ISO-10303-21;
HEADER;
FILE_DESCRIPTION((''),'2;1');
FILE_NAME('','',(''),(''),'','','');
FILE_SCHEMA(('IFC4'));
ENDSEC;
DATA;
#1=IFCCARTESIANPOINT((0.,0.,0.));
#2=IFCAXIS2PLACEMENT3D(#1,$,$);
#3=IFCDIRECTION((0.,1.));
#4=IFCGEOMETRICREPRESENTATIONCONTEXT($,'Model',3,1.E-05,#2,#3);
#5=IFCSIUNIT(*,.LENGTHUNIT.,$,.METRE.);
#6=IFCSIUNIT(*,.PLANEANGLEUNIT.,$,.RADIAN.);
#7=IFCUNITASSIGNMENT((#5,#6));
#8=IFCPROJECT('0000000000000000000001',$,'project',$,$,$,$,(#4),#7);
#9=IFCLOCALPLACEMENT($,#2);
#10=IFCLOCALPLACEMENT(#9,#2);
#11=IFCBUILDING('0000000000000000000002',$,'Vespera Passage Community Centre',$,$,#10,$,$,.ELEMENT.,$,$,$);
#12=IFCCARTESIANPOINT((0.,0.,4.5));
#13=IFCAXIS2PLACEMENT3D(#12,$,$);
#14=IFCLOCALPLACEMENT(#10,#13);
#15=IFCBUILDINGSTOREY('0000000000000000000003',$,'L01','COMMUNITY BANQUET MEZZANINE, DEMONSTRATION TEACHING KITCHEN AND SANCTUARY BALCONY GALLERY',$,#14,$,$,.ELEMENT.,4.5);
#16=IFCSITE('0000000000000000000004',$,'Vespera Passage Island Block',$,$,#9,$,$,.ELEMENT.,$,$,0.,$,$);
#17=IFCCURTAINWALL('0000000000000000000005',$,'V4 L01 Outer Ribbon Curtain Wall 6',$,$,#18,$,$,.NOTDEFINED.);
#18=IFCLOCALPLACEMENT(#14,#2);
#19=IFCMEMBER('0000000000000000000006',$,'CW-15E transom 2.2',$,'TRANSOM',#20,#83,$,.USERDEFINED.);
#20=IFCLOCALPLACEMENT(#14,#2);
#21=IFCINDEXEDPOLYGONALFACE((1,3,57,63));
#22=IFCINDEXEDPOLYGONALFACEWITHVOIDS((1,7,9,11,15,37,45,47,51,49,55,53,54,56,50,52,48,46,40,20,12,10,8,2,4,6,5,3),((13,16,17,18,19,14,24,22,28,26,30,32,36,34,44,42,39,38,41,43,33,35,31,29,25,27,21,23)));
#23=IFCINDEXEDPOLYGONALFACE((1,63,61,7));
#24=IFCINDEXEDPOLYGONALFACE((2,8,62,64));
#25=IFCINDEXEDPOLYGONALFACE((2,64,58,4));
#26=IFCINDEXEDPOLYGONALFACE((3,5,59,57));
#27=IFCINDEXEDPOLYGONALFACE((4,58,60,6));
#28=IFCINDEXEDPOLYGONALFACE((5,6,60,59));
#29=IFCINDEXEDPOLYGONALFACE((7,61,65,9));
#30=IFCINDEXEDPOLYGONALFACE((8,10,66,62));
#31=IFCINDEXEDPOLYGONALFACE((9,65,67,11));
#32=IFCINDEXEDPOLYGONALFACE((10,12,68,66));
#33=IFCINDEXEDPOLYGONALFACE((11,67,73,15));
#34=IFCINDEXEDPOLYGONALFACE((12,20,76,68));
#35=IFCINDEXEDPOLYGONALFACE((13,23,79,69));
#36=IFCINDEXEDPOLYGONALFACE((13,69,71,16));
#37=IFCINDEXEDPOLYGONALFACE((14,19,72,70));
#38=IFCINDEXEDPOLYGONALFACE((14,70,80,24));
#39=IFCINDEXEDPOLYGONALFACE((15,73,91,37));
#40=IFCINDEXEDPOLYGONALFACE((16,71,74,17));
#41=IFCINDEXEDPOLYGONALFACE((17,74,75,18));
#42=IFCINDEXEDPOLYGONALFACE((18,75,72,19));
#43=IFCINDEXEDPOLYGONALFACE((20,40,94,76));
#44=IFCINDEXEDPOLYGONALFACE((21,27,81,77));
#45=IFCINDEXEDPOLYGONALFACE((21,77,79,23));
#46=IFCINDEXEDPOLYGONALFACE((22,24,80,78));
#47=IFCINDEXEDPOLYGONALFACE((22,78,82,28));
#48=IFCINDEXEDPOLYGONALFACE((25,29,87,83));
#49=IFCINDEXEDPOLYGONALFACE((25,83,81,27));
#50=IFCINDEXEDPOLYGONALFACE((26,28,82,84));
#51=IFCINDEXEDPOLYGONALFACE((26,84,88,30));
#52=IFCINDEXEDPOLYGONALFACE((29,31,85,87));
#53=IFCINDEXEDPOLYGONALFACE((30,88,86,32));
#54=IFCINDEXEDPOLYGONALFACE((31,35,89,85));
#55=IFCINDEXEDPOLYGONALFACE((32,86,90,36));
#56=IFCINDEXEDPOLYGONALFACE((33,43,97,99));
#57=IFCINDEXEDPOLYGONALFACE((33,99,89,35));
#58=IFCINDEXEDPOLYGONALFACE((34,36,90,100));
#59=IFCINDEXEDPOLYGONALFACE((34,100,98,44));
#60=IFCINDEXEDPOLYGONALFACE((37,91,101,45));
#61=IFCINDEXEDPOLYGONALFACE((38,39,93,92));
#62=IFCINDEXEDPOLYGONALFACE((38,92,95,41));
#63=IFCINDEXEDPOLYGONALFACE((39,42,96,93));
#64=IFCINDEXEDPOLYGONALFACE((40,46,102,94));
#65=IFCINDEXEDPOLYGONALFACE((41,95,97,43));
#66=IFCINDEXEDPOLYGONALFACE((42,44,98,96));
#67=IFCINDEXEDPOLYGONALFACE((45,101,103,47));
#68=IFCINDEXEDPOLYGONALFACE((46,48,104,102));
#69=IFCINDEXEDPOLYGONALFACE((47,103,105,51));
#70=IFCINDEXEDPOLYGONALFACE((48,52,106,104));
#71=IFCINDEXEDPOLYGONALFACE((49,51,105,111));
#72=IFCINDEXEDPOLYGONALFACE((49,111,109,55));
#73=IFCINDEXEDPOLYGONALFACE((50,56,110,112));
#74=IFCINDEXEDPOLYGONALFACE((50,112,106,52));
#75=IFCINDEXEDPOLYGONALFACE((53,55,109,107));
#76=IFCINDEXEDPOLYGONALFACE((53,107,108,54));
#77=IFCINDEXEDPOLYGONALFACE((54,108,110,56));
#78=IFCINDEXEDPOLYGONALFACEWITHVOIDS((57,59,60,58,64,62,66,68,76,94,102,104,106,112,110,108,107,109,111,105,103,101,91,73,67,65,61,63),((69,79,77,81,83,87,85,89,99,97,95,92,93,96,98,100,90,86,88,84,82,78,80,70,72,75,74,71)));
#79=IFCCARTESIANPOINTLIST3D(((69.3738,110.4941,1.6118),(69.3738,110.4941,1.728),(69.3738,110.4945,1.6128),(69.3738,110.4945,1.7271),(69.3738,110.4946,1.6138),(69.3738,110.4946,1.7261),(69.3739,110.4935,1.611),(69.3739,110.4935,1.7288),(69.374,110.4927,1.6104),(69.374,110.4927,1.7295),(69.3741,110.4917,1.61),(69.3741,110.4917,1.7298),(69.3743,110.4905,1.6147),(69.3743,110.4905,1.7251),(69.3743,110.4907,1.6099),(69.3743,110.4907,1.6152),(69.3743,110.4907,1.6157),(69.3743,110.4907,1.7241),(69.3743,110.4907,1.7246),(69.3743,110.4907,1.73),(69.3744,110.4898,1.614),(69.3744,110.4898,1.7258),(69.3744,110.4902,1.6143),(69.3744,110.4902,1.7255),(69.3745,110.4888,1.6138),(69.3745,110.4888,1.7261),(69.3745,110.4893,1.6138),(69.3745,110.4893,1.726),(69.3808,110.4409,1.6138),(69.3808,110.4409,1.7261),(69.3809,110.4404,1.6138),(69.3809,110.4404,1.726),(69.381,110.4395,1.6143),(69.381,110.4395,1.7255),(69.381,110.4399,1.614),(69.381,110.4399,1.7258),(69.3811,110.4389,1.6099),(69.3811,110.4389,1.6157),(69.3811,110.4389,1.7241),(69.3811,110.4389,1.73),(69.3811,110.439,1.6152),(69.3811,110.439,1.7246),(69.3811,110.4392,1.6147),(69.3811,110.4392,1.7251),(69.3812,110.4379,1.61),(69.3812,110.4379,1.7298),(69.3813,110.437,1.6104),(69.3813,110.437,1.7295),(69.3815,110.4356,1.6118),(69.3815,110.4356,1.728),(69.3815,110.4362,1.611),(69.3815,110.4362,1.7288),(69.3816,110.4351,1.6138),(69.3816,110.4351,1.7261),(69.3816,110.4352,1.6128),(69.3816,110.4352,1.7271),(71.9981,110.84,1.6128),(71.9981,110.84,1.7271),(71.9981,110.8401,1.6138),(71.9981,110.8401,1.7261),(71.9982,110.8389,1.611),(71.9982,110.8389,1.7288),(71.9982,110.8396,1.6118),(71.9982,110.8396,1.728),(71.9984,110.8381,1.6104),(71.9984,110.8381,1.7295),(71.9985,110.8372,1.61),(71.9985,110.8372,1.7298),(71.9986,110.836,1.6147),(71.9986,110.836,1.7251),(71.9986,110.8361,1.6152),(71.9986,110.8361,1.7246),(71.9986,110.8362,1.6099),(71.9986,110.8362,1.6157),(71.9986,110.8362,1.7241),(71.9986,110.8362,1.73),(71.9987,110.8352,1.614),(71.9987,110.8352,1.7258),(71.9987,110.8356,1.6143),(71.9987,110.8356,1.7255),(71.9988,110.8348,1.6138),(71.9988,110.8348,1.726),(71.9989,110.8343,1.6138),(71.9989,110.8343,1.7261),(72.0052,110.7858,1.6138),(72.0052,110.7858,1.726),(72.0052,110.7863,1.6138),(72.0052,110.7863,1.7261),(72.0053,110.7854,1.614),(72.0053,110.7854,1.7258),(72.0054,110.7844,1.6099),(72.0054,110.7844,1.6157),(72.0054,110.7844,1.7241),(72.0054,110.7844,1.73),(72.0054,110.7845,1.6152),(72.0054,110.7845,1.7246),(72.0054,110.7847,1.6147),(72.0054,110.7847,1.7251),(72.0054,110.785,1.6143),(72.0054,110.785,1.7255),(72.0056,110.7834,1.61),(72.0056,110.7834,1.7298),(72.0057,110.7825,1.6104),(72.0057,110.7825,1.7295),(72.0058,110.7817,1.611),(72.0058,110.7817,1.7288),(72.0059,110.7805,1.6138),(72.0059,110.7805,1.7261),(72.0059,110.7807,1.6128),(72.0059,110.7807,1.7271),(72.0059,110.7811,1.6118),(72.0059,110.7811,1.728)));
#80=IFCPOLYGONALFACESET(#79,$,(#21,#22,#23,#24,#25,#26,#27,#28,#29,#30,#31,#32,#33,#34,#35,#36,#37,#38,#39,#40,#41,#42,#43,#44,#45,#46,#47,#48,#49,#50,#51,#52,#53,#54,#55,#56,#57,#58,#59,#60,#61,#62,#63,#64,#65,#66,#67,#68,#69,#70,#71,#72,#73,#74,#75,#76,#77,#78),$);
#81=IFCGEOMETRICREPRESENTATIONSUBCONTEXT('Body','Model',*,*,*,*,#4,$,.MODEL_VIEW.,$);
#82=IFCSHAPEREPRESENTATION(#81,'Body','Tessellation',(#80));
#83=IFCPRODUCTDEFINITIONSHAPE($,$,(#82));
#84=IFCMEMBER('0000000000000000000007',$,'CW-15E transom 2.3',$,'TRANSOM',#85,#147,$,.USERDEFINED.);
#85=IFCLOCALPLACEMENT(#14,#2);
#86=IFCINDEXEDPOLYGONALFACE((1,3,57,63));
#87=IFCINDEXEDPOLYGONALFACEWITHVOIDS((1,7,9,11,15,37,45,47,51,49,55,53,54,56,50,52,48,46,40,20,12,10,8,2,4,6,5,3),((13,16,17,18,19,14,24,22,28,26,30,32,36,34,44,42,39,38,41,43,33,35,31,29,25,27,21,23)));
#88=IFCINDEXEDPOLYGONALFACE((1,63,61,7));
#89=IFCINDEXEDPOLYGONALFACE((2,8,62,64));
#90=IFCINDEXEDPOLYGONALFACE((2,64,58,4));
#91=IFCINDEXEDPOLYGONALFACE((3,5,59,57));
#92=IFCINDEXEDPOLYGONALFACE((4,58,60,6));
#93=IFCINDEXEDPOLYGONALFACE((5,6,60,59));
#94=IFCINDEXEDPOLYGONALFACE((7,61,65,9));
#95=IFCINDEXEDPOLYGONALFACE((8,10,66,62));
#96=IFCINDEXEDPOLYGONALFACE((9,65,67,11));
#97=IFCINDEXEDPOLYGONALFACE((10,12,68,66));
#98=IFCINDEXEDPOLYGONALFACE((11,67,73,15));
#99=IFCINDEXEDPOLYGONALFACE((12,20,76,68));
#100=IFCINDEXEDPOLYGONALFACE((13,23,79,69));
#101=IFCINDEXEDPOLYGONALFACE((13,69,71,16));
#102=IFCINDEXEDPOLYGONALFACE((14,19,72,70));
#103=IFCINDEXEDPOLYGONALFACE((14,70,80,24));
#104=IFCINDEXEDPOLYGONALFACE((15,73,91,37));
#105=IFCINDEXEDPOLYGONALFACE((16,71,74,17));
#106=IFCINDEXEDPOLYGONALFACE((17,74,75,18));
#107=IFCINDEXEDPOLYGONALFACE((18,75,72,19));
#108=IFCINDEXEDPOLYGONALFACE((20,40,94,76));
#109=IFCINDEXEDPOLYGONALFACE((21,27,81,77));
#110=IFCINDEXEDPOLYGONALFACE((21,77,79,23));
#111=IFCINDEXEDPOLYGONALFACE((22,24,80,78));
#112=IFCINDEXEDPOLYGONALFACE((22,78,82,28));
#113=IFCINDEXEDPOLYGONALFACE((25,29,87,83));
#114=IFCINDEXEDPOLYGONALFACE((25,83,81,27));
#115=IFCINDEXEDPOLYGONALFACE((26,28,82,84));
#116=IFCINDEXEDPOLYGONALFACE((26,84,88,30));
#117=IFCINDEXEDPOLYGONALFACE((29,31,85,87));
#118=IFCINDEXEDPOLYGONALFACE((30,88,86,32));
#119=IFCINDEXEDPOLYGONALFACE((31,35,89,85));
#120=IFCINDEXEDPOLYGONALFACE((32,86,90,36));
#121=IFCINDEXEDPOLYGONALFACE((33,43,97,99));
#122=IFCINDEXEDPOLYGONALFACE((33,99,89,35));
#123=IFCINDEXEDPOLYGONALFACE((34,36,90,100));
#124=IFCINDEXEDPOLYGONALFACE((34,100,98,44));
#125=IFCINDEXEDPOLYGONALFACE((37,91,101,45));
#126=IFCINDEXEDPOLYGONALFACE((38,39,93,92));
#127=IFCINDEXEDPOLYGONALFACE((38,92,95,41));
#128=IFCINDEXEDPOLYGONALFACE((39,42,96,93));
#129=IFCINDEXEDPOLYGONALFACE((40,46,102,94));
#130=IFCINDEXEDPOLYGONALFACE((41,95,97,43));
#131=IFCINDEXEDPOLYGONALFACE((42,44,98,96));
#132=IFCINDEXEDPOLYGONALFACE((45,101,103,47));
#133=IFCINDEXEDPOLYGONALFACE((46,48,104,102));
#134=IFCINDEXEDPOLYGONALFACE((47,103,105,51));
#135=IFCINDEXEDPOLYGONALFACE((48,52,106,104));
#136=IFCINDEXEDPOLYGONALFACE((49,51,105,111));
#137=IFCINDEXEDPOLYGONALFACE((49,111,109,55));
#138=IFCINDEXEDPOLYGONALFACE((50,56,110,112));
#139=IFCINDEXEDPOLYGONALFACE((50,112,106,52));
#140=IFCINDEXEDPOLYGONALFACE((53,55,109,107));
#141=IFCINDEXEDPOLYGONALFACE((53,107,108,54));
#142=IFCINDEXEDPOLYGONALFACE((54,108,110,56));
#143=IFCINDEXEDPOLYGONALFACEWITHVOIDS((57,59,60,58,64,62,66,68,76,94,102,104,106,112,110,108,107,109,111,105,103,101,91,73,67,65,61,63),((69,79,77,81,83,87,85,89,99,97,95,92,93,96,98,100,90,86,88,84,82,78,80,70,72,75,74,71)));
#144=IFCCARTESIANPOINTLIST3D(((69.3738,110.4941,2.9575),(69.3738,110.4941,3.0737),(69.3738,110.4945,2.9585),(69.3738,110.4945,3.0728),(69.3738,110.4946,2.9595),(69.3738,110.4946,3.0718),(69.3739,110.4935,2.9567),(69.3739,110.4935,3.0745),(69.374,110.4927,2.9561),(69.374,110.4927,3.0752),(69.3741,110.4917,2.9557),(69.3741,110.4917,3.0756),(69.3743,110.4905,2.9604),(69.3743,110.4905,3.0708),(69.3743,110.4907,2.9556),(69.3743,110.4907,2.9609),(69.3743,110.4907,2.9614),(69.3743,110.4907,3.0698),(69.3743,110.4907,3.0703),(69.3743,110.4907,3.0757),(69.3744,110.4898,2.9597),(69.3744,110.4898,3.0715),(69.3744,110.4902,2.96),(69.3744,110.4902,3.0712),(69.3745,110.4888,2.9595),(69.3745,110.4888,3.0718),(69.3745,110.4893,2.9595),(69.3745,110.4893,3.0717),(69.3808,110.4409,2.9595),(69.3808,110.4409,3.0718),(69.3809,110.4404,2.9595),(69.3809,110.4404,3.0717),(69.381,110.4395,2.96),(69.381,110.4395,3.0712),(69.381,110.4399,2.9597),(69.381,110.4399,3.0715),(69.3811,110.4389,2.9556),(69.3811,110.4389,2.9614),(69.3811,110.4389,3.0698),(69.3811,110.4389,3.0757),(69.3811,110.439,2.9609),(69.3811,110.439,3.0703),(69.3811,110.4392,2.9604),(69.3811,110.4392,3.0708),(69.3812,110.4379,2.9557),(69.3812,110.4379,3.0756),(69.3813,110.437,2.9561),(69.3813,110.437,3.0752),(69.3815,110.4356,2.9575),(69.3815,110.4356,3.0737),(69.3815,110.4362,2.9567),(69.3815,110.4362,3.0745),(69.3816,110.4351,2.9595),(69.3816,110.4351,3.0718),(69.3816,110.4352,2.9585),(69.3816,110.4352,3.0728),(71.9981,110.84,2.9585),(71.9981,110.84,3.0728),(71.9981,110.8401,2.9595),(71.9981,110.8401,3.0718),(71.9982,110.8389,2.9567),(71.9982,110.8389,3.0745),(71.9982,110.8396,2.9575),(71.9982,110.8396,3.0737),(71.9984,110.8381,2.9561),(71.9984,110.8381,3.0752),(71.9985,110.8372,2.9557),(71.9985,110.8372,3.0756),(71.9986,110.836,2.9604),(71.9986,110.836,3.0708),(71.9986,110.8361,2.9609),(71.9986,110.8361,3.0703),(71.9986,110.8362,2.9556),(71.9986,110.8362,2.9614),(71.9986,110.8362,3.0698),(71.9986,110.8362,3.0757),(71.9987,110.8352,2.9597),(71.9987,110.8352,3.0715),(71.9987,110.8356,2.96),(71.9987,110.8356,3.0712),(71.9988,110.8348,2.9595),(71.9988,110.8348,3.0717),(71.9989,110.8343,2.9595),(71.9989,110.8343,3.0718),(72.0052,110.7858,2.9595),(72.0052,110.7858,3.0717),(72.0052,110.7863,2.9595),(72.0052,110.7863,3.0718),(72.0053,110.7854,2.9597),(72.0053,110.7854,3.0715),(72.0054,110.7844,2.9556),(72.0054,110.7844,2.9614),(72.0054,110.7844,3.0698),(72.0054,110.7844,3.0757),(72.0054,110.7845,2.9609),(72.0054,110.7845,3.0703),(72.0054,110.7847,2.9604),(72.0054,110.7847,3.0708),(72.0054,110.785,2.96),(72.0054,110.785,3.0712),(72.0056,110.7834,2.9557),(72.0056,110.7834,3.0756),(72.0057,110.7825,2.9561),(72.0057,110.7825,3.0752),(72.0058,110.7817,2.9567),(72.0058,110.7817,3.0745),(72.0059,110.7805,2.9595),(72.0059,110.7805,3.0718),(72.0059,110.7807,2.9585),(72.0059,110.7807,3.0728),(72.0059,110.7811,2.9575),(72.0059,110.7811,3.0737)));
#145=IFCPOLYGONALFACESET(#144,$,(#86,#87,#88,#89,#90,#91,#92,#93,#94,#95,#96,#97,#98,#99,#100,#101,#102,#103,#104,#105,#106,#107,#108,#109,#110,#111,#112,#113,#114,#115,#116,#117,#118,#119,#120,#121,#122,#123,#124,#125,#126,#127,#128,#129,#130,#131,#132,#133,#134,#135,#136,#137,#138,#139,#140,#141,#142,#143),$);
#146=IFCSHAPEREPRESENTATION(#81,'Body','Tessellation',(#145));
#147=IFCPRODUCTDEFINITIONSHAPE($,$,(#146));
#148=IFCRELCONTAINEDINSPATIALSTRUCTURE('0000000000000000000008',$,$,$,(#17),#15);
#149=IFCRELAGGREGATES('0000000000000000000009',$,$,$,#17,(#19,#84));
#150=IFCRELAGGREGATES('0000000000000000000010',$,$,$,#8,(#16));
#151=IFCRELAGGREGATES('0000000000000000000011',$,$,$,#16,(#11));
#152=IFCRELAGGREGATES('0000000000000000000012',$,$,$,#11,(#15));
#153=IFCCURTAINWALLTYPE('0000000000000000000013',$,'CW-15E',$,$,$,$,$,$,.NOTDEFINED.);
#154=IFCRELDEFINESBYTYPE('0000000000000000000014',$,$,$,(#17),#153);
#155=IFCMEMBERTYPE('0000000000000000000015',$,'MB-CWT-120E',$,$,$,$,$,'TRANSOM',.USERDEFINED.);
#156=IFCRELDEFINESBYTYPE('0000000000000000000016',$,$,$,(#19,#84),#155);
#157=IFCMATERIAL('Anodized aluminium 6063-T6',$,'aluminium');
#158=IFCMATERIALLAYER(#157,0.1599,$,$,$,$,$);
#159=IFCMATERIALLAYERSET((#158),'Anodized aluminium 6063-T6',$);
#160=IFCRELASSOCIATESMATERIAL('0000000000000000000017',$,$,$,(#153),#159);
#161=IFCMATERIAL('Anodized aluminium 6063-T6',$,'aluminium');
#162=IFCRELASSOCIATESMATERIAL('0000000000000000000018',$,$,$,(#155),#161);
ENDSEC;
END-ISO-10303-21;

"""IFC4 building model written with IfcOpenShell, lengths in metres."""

from ifc_helpers import new_model, si_unit, direction, frame, origin, origin_2d, place, context, subcontext, project, spatial, hollow_rectangle, extrude, material, layer, layer_set, material_profile, profile_set, type_object, element, aggregate, save


model = new_model("IFC4")

# Units and contexts
model_context = context("Model", 3, precision=1e-05, world=origin(), true_north=direction((0.0, 1.0)))
body_context = subcontext(model_context, "Body", "Model", "MODEL_VIEW")
ifc_project = project(units=[si_unit("LENGTHUNIT", "METRE"), si_unit("PLANEANGLEUNIT", "RADIAN")], contexts=[model_context])

# Site, building, storey
site_placement = place(None, origin())
site = spatial("IfcSite", under=ifc_project, at=site_placement, Name="Vespera Passage Island Block", CompositionType="ELEMENT", RefElevation=0.0)
building_placement = place(site_placement, origin())
building = spatial("IfcBuilding", under=site, at=building_placement, Name="Vespera Passage Community Centre", CompositionType="ELEMENT")
storey_placement = place(building_placement, frame((0.0, 0.0, 4.5)))
storey = spatial("IfcBuildingStorey", under=building, at=storey_placement, Name="L01", Description="COMMUNITY BANQUET MEZZANINE, DEMONSTRATION TEACHING KITCHEN AND SANCTUARY BALCONY GALLERY", CompositionType="ELEMENT", Elevation=4.5)

# Curtain wall, members
ifc_material_1 = material(Name="Anodized aluminium 6063-T6", Category="aluminium")
ifc_layer_1 = layer(ifc_material_1, 0.1599)
ifc_layer_set_1 = layer_set([ifc_layer_1], Name="Anodized aluminium 6063-T6")
curtain_wall_type = type_object("IfcCurtainWallType", Name="CW-15E", PredefinedType="NOTDEFINED", material=ifc_layer_set_1)
curtain_wall_placement = place(storey_placement, origin())
curtain_wall = element("IfcCurtainWall", 1, at=curtain_wall_placement, inside=storey, type_object=curtain_wall_type, Name="V4 L01 Outer Ribbon Curtain Wall 6", PredefinedType="NOTDEFINED")
ifc_material_2 = material(Name="Anodized aluminium 6063-T6", Category="aluminium")
ifc_material_profile_1 = material_profile(ifc_material_2, hollow_rectangle(XDim=0.0601, YDim=0.1201, WallThickness=0.0039, InnerFilletRadius=0.002, OuterFilletRadius=0.0039, at=origin_2d()), Name="ALU120X60X4")
ifc_profile_set_1 = profile_set([ifc_material_profile_1], Name="Anodized aluminium 6063-T6")
member_type_1 = type_object("IfcMemberType", Name="MB-CWT-120E", ElementType="TRANSOM", PredefinedType="USERDEFINED", material=ifc_profile_set_1)
member_1_placement = place(storey_placement, frame((69.3777, 110.4648, 1.6699), z_axis=(0.991446, 0.130514, 0.0), x_axis=(-0.130514, 0.991446, 0.0)))
member_1 = element("IfcMember", 2, at=member_1_placement, type_object=member_type_1, Name="CW-15E transom 2.2", ObjectType="TRANSOM", PredefinedType="USERDEFINED", context=body_context, shape_type="SweptSolid", body=[
    extrude(hollow_rectangle(XDim=0.0601, YDim=0.1201, WallThickness=0.0039, InnerFilletRadius=0.002, OuterFilletRadius=0.0039, at=origin_2d()), origin(), (0.0, 0.0, 1.0), 2.647),
])
member_2_placement = place(storey_placement, frame((69.3777, 110.4648, 3.0156), z_axis=(0.991446, 0.130514, 0.0), x_axis=(-0.130514, 0.991446, 0.0)))
member_2 = element("IfcMember", 3, at=member_2_placement, type_object=member_type_1, Name="CW-15E transom 2.3", ObjectType="TRANSOM", PredefinedType="USERDEFINED", context=body_context, shape_type="SweptSolid", body=[
    extrude(hollow_rectangle(XDim=0.0601, YDim=0.1201, WallThickness=0.0039, InnerFilletRadius=0.002, OuterFilletRadius=0.0039, at=origin_2d()), origin(), (0.0, 0.0, 1.0), 2.647),
])
aggregate(curtain_wall, [member_1, member_2])

save(model, "model.ifc")
